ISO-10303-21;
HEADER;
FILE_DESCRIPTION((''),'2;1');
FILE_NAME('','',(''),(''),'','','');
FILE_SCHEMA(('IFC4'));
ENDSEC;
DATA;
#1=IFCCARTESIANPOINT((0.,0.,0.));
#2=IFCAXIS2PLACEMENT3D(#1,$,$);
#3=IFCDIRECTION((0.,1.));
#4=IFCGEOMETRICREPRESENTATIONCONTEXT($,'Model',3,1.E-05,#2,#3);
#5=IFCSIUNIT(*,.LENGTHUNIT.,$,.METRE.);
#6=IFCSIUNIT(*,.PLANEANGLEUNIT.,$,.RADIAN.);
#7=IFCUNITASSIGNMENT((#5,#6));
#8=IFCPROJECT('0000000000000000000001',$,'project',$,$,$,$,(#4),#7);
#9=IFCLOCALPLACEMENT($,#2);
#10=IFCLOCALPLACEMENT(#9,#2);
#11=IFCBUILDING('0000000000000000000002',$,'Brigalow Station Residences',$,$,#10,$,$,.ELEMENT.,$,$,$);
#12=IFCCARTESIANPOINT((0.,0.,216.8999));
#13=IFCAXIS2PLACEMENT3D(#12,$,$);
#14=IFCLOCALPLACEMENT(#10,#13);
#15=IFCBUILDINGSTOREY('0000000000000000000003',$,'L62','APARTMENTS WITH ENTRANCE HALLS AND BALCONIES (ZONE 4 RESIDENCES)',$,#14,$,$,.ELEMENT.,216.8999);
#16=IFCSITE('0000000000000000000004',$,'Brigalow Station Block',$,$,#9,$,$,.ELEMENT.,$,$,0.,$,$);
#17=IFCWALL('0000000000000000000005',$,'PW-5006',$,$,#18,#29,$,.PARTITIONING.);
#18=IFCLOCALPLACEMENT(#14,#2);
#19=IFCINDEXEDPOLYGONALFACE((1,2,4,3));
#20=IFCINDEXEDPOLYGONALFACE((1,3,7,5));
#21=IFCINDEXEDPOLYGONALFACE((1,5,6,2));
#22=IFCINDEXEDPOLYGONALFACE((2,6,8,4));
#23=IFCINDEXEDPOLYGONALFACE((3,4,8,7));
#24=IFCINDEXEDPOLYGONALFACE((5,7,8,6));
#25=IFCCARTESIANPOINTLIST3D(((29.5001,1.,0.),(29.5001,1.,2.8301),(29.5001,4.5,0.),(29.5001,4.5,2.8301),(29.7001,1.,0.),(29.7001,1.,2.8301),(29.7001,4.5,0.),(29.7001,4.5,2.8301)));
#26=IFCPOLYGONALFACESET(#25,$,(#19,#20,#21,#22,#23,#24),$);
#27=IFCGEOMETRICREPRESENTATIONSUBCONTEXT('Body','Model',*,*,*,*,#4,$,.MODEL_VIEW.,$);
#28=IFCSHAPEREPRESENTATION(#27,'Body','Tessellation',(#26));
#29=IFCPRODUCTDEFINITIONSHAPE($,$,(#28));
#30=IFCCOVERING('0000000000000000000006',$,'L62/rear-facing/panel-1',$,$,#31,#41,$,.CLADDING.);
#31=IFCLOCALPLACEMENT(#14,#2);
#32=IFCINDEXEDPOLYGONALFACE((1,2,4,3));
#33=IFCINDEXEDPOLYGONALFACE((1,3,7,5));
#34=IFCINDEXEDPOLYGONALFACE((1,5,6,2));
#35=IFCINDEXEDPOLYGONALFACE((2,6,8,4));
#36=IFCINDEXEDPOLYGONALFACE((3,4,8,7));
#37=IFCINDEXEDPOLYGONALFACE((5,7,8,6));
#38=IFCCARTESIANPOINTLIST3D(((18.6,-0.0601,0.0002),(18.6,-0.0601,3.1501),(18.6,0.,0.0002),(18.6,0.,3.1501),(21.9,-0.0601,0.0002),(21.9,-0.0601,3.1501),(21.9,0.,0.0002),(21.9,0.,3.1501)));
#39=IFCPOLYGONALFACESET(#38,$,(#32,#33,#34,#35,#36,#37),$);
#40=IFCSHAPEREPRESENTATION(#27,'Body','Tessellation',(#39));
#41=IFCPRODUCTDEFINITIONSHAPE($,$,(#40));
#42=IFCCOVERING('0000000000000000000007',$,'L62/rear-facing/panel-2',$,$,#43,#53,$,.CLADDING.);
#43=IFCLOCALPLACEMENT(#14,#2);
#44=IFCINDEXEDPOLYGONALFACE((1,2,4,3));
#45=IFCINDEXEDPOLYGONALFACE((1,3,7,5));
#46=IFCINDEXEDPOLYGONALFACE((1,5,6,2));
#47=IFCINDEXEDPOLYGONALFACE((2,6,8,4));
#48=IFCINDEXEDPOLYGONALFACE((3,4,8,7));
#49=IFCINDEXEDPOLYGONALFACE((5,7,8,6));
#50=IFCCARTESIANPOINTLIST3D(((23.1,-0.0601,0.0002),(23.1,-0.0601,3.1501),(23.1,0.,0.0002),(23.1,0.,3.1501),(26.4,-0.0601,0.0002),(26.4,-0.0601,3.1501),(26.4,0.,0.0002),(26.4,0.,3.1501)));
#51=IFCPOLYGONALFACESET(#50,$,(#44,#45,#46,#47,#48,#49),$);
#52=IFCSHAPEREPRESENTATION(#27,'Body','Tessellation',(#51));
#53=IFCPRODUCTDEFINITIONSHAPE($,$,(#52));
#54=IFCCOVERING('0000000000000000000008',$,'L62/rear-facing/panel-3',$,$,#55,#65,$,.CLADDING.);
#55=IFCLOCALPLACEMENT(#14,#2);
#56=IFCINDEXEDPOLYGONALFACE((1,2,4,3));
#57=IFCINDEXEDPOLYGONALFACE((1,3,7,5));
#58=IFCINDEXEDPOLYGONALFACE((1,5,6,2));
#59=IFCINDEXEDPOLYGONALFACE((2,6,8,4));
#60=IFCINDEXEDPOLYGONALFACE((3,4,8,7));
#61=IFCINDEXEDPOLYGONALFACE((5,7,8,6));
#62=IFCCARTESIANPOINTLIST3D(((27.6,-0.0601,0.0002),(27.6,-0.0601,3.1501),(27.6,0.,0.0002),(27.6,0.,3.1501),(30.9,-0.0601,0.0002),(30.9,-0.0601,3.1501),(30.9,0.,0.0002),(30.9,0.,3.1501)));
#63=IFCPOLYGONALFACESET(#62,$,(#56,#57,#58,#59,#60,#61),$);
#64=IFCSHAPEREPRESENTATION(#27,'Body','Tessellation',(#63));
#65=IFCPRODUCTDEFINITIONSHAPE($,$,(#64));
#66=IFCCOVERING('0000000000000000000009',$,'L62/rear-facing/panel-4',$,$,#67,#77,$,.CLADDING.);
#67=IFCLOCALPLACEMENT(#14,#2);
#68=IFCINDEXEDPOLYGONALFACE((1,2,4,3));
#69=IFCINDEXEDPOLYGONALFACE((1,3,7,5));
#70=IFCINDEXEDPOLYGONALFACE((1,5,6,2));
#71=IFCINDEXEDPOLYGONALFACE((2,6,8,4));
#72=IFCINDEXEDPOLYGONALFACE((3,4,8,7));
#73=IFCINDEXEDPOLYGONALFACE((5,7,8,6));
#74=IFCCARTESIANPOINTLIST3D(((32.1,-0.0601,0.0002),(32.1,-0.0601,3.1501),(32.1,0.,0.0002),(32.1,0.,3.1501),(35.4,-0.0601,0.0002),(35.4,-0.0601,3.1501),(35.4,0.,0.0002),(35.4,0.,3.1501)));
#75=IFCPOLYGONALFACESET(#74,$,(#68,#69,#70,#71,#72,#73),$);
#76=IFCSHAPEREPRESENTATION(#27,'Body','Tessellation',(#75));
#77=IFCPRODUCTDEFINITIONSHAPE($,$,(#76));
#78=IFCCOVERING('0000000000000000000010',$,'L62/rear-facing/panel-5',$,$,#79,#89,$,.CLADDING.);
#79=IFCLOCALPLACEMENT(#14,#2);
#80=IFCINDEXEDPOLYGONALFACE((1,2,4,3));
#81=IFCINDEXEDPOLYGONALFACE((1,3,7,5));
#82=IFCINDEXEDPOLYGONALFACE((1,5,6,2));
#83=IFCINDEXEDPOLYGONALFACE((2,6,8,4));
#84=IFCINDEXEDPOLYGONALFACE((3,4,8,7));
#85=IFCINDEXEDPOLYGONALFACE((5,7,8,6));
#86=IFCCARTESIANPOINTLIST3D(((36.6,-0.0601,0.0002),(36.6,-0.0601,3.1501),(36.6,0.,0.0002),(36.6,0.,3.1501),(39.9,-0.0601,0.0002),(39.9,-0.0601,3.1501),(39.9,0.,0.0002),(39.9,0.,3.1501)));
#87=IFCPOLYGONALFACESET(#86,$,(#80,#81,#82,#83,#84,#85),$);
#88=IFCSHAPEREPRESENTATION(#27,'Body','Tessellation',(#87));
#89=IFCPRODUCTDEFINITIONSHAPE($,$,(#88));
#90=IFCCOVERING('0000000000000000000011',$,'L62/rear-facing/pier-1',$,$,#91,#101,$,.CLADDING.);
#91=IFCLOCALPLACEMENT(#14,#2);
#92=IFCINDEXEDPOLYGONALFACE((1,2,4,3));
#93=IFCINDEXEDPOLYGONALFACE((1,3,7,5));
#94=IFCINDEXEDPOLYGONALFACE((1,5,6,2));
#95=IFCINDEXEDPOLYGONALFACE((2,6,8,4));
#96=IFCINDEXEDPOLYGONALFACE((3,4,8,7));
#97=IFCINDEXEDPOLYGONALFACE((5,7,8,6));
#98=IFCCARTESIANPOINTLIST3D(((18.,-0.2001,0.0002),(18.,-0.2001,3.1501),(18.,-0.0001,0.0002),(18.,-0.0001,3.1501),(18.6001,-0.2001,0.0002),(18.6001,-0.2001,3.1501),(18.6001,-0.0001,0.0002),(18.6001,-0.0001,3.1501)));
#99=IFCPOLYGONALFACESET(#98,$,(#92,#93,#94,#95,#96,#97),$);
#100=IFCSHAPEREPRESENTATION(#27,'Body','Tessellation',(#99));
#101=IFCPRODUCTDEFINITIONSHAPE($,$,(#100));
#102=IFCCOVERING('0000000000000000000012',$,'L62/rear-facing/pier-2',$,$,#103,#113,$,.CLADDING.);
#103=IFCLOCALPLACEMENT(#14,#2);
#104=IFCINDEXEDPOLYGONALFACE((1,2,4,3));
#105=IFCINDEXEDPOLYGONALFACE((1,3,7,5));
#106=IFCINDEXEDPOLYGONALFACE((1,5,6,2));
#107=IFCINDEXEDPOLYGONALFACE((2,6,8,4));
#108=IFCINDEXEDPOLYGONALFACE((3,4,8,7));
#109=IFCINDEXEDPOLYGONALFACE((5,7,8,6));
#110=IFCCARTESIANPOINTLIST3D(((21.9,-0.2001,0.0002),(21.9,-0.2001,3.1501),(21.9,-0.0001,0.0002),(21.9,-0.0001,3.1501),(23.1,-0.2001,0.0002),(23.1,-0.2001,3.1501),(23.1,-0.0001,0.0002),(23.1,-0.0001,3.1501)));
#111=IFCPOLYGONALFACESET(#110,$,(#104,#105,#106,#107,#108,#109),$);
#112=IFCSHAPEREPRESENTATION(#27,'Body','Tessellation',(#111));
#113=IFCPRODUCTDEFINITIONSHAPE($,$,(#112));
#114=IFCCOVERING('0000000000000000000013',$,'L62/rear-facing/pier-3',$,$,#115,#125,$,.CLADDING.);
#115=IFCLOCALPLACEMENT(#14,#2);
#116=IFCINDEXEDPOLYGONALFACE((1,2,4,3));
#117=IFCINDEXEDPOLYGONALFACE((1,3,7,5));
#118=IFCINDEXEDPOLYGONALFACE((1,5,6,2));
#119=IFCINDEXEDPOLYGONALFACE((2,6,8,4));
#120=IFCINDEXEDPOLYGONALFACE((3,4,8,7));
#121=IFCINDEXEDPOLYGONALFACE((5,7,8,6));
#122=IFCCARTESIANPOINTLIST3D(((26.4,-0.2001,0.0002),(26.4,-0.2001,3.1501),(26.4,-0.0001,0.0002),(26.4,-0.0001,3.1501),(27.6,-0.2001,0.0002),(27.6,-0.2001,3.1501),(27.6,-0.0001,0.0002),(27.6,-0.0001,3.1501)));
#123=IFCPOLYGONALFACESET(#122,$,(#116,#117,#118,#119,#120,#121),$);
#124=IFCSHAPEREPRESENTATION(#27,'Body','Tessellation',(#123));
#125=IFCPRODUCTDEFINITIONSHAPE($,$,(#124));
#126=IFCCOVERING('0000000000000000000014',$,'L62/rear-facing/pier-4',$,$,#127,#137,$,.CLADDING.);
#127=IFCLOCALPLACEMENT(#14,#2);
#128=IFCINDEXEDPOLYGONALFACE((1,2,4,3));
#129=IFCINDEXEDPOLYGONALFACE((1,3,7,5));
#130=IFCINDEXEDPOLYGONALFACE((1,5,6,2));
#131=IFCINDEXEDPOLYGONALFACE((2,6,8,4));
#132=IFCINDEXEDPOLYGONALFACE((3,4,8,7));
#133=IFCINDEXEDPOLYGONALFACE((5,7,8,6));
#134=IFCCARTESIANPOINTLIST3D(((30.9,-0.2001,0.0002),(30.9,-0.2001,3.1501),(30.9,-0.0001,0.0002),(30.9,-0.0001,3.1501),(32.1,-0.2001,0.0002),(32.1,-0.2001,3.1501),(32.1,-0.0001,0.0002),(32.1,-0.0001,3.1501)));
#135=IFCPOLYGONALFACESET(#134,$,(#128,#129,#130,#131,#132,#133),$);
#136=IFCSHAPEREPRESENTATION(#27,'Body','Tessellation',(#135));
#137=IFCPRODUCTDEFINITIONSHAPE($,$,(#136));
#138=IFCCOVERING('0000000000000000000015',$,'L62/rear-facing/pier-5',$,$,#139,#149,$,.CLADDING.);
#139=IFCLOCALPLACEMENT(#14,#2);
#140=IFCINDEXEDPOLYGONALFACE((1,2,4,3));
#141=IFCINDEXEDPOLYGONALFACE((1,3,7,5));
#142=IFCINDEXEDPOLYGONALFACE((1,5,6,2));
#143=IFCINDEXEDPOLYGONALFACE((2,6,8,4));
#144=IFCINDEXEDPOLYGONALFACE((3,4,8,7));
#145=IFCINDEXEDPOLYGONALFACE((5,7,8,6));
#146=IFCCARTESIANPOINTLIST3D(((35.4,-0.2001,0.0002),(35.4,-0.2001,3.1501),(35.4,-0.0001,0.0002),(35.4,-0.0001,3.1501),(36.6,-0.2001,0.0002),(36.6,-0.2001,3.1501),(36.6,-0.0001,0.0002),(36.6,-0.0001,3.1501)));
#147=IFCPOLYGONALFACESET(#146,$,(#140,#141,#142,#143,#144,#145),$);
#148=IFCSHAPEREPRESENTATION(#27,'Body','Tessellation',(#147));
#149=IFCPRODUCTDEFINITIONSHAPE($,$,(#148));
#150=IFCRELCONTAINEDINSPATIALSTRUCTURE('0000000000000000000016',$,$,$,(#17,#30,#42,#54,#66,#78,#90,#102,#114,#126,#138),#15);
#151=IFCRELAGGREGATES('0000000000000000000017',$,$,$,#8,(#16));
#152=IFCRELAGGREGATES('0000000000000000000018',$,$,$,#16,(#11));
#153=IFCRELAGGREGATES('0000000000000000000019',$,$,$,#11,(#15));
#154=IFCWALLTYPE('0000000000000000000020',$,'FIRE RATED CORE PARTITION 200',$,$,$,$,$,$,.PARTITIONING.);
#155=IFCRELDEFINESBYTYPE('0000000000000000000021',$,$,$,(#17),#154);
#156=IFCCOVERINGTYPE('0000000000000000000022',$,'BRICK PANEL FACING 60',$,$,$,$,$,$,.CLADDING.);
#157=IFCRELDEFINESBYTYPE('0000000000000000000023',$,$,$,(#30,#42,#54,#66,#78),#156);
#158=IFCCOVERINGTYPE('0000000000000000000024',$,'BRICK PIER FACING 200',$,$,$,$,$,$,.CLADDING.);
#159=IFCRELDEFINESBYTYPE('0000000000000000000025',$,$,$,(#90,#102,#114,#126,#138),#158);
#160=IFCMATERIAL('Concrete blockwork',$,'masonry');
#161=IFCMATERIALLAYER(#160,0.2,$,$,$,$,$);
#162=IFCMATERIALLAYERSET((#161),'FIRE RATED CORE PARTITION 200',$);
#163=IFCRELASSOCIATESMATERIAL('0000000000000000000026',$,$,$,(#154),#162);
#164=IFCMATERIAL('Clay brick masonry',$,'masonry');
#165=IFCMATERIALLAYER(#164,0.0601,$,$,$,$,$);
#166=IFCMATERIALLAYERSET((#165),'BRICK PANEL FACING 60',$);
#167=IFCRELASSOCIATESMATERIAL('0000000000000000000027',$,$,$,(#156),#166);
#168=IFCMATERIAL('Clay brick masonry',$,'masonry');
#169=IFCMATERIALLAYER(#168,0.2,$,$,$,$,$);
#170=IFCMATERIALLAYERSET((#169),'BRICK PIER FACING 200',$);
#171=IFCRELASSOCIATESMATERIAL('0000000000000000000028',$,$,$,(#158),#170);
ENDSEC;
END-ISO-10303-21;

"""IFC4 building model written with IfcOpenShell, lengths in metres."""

from ifc_helpers import new_model, si_unit, direction, frame, frame_2d, origin, origin_2d, place, context, subcontext, project, spatial, rectangle, extrude, material, layer, layer_set, type_object, element, save


model = new_model("IFC4")

# Units and contexts
model_context = context("Model", 3, precision=1e-05, world=origin(), true_north=direction((0.0, 1.0)))
body_context = subcontext(model_context, "Body", "Model", "MODEL_VIEW")
ifc_project = project(units=[si_unit("LENGTHUNIT", "METRE"), si_unit("PLANEANGLEUNIT", "RADIAN")], contexts=[model_context])

# Site, building, storey
site_placement = place(None, origin())
site = spatial("IfcSite", under=ifc_project, at=site_placement, Name="Brigalow Station Block", CompositionType="ELEMENT", RefElevation=0.0)
building_placement = place(site_placement, origin())
building = spatial("IfcBuilding", under=site, at=building_placement, Name="Brigalow Station Residences", CompositionType="ELEMENT")
storey_placement = place(building_placement, frame((0.0, 0.0, 216.8999)))
storey = spatial("IfcBuildingStorey", under=building, at=storey_placement, Name="L62", Description="APARTMENTS WITH ENTRANCE HALLS AND BALCONIES (ZONE 4 RESIDENCES)", CompositionType="ELEMENT", Elevation=216.8999)

# Wall
ifc_material_1 = material(Name="Concrete blockwork", Category="masonry")
ifc_layer_1 = layer(ifc_material_1, 0.2)
ifc_layer_set_1 = layer_set([ifc_layer_1], Name="FIRE RATED CORE PARTITION 200")
wall_type_1 = type_object("IfcWallType", Name="FIRE RATED CORE PARTITION 200", PredefinedType="PARTITIONING", material=ifc_layer_set_1)
wall_1_placement = place(storey_placement, frame((29.6001, 1.0, 0.0), z_axis=(0.0, 0.0, 1.0), x_axis=(0.0, 1.0, 0.0)))
element("IfcWall", 1, at=wall_1_placement, inside=storey, type_object=wall_type_1, Name="PW-5006", PredefinedType="PARTITIONING", context=body_context, shape_type="SweptSolid", body=[
    extrude(rectangle(XDim=3.5, YDim=0.2, at=frame_2d((1.75, 0.0))), origin(), (0.0, 0.0, 1.0), 2.8301),
])

# Coverings
ifc_material_2 = material(Name="Clay brick masonry", Category="masonry")
ifc_layer_2 = layer(ifc_material_2, 0.0601)
ifc_layer_set_2 = layer_set([ifc_layer_2], Name="BRICK PANEL FACING 60")
covering_type_1 = type_object("IfcCoveringType", Name="BRICK PANEL FACING 60", PredefinedType="CLADDING", material=ifc_layer_set_2)
for number, where, z_axis, x_axis, name in (
    (2, (20.25, -0.03, 0.0002), (0.0, 0.0, 1.0), (1.0, 0.0, 0.0), "L62/rear-facing/panel-1"),
    (3, (24.75, -0.03, 0.0002), (0.0, 0.0, 1.0), (1.0, 0.0, 0.0), "L62/rear-facing/panel-2"),
    (4, (29.25, -0.03, 0.0002), (0.0, 0.0, 1.0), (1.0, 0.0, 0.0), "L62/rear-facing/panel-3"),
    (5, (33.75, -0.03, 0.0002), (0.0, 0.0, 1.0), (1.0, 0.0, 0.0), "L62/rear-facing/panel-4"),
    (6, (38.25, -0.03, 0.0002), (0.0, 0.0, 1.0), (1.0, 0.0, 0.0), "L62/rear-facing/panel-5"),
):
    element("IfcCovering", number, at=place(storey_placement, frame(where, z_axis=z_axis, x_axis=x_axis)), inside=storey, type_object=covering_type_1, Name=name, PredefinedType="CLADDING", context=body_context, shape_type="SweptSolid", body=[
        extrude(rectangle(XDim=3.3, YDim=0.0601, at=origin_2d()), origin(), (0.0, 0.0, 1.0), 3.1499),
    ])
ifc_material_3 = material(Name="Clay brick masonry", Category="masonry")
ifc_layer_3 = layer(ifc_material_3, 0.2)
ifc_layer_set_3 = layer_set([ifc_layer_3], Name="BRICK PIER FACING 200")
covering_type_2 = type_object("IfcCoveringType", Name="BRICK PIER FACING 200", PredefinedType="CLADDING", material=ifc_layer_set_3)
covering_placement = place(storey_placement, frame((18.3, -0.1001, 0.0002), z_axis=(0.0, 0.0, 1.0), x_axis=(1.0, 0.0, 0.0)))
element("IfcCovering", 7, at=covering_placement, inside=storey, type_object=covering_type_2, Name="L62/rear-facing/pier-1", PredefinedType="CLADDING", context=body_context, shape_type="SweptSolid", body=[
    extrude(rectangle(XDim=0.6001, YDim=0.2, at=origin_2d()), origin(), (0.0, 0.0, 1.0), 3.1499),
])
for number, where, z_axis, x_axis, name in (
    (8, (22.5, -0.1001, 0.0002), (0.0, 0.0, 1.0), (1.0, 0.0, 0.0), "L62/rear-facing/pier-2"),
    (9, (27.0, -0.1001, 0.0002), (0.0, 0.0, 1.0), (1.0, 0.0, 0.0), "L62/rear-facing/pier-3"),
    (10, (31.5, -0.1001, 0.0002), (0.0, 0.0, 1.0), (1.0, 0.0, 0.0), "L62/rear-facing/pier-4"),
    (11, (36.0, -0.1001, 0.0002), (0.0, 0.0, 1.0), (1.0, 0.0, 0.0), "L62/rear-facing/pier-5"),
):
    element("IfcCovering", number, at=place(storey_placement, frame(where, z_axis=z_axis, x_axis=x_axis)), inside=storey, type_object=covering_type_2, Name=name, PredefinedType="CLADDING", context=body_context, shape_type="SweptSolid", body=[
        extrude(rectangle(XDim=1.2, YDim=0.2, at=origin_2d()), origin(), (0.0, 0.0, 1.0), 3.1499),
    ])

save(model, "model.ifc")
